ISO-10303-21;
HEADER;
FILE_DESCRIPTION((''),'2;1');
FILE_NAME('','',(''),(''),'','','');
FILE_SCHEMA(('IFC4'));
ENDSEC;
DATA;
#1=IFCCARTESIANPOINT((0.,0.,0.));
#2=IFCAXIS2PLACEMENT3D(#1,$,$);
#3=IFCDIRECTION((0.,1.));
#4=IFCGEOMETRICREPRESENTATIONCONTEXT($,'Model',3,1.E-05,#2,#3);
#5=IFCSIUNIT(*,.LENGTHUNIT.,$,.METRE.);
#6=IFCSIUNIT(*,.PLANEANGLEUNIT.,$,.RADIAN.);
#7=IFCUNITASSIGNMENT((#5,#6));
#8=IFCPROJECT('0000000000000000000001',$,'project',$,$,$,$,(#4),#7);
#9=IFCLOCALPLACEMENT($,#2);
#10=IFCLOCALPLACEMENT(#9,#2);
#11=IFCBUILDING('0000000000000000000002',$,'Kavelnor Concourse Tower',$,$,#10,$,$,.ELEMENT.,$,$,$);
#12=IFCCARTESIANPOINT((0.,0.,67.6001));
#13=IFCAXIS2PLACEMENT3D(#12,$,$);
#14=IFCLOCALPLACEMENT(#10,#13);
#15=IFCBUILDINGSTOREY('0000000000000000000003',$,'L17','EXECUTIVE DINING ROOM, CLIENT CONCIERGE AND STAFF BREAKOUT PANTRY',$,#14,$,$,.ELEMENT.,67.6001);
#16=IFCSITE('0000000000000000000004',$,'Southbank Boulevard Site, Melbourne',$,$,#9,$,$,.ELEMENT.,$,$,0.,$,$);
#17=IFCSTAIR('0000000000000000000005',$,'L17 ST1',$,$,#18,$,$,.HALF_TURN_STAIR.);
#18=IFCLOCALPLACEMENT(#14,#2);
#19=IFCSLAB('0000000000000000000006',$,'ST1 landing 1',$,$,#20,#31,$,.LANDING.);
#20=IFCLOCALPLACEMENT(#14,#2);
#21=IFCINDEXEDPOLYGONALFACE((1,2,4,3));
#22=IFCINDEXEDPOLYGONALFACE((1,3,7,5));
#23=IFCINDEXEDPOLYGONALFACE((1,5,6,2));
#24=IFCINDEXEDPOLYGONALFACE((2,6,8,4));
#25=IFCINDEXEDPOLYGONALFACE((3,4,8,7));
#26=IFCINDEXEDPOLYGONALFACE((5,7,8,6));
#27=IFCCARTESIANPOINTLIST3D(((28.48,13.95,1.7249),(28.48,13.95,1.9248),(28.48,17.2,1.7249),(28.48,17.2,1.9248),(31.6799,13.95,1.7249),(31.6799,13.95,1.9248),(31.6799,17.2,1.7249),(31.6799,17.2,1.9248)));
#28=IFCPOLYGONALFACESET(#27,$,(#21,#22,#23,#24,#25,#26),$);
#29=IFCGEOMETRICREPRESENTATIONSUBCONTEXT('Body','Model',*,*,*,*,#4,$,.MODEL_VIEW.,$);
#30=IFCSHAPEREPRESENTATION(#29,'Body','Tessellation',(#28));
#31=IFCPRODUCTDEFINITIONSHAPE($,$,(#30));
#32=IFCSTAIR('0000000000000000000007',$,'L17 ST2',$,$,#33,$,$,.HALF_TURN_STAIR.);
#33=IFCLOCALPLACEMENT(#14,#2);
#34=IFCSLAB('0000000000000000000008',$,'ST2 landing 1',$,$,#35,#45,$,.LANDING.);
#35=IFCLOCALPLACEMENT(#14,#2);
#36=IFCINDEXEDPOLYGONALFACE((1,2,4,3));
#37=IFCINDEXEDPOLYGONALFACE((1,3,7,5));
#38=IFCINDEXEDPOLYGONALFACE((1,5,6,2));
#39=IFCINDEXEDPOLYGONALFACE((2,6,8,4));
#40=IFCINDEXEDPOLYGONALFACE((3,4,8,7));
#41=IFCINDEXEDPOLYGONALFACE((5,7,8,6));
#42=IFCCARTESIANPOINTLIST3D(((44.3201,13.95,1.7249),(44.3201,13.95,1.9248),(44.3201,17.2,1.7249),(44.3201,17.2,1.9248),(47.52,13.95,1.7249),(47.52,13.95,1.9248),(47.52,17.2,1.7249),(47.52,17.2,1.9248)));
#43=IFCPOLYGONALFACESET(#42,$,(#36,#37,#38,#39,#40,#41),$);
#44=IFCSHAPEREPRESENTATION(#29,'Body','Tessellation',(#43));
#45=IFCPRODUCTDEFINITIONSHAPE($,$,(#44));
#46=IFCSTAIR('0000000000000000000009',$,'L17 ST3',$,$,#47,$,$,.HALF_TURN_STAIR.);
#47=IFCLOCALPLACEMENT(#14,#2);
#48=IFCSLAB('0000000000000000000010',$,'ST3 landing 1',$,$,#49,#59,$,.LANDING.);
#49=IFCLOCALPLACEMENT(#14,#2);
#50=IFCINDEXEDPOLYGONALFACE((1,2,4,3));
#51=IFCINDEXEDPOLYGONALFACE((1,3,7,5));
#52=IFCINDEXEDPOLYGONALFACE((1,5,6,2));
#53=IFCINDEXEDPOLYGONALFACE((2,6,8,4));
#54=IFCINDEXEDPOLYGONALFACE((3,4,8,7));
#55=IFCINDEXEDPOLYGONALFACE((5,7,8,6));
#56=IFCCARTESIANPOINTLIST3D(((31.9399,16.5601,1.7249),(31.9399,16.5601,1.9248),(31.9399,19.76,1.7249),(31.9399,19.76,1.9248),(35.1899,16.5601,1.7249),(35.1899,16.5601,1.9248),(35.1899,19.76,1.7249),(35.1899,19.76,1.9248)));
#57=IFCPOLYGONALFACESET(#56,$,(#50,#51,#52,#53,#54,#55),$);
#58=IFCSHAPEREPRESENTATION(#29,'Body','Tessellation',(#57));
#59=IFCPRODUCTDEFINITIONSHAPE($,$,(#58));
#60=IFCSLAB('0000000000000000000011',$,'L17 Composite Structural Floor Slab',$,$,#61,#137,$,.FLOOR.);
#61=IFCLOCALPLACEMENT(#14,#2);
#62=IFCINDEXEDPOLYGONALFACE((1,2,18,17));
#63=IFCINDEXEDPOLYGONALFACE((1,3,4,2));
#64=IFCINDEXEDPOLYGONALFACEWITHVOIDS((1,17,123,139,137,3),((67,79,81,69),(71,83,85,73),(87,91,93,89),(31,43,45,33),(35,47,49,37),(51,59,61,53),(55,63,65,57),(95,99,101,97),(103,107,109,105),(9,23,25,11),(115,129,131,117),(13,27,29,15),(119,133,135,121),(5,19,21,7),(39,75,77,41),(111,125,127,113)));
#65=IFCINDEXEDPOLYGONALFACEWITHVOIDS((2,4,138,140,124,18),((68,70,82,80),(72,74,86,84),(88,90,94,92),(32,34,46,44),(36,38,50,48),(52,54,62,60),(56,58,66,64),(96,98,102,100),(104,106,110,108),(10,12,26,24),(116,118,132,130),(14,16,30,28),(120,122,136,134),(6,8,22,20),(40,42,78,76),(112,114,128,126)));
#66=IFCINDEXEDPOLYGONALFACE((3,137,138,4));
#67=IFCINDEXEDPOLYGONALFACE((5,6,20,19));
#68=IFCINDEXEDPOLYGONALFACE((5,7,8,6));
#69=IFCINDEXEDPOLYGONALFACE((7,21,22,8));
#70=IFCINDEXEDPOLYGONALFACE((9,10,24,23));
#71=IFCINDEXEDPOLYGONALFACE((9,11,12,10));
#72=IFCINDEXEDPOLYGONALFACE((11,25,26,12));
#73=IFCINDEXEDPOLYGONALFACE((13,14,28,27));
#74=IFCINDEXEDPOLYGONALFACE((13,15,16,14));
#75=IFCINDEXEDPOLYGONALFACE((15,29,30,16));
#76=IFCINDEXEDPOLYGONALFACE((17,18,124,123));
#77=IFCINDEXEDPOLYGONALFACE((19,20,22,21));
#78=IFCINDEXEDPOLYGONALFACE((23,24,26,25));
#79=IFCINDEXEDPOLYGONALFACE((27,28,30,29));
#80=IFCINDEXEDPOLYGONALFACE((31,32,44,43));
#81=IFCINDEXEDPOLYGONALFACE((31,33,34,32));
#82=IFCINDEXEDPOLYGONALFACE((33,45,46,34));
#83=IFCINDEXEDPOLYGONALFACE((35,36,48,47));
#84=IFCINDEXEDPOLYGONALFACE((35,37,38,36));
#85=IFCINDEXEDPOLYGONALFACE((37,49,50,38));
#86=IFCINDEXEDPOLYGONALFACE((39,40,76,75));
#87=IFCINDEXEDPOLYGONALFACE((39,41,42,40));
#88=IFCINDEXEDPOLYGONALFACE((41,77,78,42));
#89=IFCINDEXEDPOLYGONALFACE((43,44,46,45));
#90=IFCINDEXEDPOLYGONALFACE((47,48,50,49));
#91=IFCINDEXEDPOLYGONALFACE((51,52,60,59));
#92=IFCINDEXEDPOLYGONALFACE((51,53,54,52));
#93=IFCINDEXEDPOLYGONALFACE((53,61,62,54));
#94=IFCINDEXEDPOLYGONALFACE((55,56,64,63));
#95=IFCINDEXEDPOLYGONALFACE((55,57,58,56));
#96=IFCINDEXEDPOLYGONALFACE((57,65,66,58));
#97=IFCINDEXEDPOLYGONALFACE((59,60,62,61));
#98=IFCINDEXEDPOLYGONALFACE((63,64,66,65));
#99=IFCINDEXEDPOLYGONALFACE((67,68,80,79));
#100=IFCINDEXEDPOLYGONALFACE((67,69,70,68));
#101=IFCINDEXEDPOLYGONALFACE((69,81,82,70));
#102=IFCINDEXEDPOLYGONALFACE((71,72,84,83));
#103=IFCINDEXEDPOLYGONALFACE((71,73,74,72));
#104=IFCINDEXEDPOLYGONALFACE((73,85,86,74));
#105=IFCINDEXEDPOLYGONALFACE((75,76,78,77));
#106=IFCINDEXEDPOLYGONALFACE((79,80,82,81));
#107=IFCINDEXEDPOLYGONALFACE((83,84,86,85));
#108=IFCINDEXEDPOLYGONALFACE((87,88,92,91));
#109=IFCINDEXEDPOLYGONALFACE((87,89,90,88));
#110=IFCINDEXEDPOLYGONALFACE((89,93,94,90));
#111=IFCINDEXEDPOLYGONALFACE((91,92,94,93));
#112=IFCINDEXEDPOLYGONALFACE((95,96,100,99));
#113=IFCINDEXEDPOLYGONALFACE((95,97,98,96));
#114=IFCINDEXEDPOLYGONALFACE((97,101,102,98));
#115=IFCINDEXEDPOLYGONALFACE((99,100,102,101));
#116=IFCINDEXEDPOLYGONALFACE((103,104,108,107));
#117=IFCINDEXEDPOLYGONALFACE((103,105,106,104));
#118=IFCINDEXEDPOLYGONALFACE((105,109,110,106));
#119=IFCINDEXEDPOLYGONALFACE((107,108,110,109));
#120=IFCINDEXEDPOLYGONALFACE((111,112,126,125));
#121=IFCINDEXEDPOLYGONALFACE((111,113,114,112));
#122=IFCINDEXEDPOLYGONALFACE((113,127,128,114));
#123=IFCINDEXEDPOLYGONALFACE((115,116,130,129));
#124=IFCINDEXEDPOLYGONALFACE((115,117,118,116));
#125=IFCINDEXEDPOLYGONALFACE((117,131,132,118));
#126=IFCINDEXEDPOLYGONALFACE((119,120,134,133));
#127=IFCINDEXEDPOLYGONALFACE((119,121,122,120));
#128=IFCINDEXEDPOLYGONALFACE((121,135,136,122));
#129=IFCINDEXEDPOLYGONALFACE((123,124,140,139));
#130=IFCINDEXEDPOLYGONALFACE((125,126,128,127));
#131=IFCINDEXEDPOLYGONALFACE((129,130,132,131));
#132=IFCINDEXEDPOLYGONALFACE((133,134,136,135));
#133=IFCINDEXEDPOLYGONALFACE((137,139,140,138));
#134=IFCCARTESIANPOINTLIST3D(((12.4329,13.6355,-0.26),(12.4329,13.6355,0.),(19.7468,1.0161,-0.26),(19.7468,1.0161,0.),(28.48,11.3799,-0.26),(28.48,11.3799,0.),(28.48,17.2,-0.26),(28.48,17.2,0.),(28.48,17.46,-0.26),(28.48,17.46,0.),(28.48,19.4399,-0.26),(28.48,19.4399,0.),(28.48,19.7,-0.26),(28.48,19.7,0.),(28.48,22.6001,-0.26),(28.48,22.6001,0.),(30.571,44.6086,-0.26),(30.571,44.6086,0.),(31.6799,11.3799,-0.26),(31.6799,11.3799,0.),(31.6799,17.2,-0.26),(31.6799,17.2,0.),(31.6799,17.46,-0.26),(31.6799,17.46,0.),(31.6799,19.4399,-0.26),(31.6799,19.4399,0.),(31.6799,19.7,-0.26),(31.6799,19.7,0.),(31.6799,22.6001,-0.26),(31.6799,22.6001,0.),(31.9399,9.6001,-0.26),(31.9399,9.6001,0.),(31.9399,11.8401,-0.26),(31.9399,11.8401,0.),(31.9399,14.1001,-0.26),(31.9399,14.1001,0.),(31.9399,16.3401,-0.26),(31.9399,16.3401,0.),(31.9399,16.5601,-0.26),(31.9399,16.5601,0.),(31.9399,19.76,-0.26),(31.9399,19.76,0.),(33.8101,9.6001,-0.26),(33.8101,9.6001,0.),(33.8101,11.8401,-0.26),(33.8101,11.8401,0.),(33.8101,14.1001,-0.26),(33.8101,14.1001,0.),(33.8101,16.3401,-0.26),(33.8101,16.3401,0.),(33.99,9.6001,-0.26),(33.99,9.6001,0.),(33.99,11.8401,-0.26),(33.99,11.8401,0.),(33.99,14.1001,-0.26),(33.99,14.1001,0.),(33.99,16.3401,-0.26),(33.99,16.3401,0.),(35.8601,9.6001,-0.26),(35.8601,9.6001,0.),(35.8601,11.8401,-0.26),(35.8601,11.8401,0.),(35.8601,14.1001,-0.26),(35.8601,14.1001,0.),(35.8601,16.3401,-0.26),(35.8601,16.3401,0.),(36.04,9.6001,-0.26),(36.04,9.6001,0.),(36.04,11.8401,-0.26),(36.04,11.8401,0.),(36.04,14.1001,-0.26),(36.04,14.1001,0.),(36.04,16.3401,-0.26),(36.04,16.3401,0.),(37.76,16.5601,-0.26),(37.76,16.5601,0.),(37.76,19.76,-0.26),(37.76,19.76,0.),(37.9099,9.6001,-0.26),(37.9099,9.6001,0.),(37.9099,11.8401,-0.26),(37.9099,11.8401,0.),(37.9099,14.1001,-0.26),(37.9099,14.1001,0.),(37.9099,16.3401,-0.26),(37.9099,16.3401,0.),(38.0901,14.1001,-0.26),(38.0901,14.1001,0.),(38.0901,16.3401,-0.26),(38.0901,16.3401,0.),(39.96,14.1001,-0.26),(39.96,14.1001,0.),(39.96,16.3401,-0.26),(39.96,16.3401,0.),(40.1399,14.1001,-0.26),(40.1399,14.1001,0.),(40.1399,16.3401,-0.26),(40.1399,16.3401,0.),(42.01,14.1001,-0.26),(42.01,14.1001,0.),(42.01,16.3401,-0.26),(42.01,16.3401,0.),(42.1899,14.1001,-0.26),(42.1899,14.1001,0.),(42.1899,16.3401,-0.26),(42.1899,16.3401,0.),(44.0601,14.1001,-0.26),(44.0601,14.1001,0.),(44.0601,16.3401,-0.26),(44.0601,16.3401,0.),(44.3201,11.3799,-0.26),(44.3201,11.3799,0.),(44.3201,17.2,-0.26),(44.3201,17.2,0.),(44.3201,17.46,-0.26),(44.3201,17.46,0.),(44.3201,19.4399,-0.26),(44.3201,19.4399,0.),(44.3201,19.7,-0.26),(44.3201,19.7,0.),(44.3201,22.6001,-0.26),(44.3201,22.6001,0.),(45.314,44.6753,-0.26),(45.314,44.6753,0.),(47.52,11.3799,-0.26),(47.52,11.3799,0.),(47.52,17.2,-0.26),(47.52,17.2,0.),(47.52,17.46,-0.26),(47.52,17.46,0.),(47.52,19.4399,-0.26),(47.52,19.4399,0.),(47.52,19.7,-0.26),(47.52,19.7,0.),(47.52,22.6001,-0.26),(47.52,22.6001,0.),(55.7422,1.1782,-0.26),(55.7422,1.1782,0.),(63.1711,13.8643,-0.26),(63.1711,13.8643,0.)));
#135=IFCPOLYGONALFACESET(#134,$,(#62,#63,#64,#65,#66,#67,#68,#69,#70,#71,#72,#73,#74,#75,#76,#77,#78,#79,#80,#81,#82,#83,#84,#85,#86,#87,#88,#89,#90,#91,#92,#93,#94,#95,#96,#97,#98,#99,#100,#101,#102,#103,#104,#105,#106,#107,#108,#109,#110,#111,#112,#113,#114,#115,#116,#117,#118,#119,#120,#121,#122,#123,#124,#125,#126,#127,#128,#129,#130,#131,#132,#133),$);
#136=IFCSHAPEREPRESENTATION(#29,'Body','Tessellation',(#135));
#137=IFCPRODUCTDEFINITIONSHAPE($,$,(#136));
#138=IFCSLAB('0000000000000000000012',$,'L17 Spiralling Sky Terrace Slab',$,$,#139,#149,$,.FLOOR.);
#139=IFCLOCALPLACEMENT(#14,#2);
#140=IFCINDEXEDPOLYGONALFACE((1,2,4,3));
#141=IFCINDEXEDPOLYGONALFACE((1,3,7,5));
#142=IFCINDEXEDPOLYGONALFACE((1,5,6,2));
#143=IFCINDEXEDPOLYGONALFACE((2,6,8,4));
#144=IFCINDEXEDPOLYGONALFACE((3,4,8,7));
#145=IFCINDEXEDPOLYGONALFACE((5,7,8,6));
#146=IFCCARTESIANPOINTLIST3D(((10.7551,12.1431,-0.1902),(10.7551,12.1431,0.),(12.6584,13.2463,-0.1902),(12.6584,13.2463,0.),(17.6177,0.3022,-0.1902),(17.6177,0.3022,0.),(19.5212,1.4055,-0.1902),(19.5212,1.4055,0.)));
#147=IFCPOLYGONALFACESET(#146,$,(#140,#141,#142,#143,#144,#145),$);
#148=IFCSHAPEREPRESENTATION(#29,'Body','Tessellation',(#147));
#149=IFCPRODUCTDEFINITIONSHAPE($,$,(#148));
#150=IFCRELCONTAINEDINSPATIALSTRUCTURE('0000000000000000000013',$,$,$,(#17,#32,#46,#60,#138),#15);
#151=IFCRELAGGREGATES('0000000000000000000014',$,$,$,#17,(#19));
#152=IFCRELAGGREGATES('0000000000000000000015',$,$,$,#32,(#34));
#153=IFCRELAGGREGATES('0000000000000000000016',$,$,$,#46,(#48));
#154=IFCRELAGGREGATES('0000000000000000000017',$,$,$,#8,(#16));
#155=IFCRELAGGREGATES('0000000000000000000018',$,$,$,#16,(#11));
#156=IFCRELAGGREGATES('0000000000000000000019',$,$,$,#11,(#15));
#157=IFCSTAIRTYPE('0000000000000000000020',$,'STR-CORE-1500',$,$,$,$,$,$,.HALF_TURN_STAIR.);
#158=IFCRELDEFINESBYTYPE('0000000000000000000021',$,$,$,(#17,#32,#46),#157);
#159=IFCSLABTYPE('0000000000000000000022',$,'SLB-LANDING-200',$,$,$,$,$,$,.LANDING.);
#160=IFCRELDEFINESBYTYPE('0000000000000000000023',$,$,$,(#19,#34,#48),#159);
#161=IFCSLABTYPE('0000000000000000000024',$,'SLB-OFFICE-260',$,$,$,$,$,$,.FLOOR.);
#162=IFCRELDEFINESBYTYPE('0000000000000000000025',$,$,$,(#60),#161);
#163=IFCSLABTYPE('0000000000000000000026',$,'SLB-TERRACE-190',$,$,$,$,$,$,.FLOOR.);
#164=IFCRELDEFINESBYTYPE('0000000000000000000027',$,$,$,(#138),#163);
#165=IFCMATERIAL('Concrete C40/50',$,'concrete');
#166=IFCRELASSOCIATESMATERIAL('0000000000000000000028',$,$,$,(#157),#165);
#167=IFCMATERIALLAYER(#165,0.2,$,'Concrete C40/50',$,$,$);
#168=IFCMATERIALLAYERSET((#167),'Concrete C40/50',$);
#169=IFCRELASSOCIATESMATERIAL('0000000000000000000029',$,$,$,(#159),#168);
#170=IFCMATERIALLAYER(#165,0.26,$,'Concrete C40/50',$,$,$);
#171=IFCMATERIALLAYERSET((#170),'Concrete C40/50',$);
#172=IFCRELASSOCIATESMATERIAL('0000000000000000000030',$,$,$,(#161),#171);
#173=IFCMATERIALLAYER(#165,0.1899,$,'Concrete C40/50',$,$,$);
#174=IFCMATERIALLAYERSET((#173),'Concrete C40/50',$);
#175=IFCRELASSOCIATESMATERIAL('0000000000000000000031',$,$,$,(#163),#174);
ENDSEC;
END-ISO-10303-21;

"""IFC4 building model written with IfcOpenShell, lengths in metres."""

from ifc_helpers import new_model, si_unit, direction, frame, origin, place, context, subcontext, project, spatial, polyline, outline, extrude, material, layer, layer_set, type_object, element, aggregate, save


model = new_model("IFC4")

# Units and contexts
model_context = context("Model", 3, precision=1e-05, world=origin(), true_north=direction((0.0, 1.0)))
body_context = subcontext(model_context, "Body", "Model", "MODEL_VIEW")
ifc_project = project(units=[si_unit("LENGTHUNIT", "METRE"), si_unit("PLANEANGLEUNIT", "RADIAN")], contexts=[model_context])

# Site, building, storey
site_placement = place(None, origin())
site = spatial("IfcSite", under=ifc_project, at=site_placement, Name="Southbank Boulevard Site, Melbourne", CompositionType="ELEMENT", RefElevation=0.0)
building_placement = place(site_placement, origin())
building = spatial("IfcBuilding", under=site, at=building_placement, Name="Kavelnor Concourse Tower", CompositionType="ELEMENT")
storey_placement = place(building_placement, frame((0.0, 0.0, 67.6001)))
storey = spatial("IfcBuildingStorey", under=building, at=storey_placement, Name="L17", Description="EXECUTIVE DINING ROOM, CLIENT CONCIERGE AND STAFF BREAKOUT PANTRY", CompositionType="ELEMENT", Elevation=67.6001)

# Stairs, slabs
ifc_material_1 = material(Name="Concrete C40/50", Category="concrete")
stair_type = type_object("IfcStairType", Name="STR-CORE-1500", PredefinedType="HALF_TURN_STAIR", material=ifc_material_1)
stair_1_placement = place(storey_placement, origin())
stair_1 = element("IfcStair", 1, at=stair_1_placement, inside=storey, type_object=stair_type, Name="L17 ST1", PredefinedType="HALF_TURN_STAIR")
ifc_layer_1 = layer(ifc_material_1, 0.2, Name="Concrete C40/50")
ifc_layer_set_1 = layer_set([ifc_layer_1], Name="Concrete C40/50")
slab_type_1 = type_object("IfcSlabType", Name="SLB-LANDING-200", PredefinedType="LANDING", material=ifc_layer_set_1)
slab_1_placement = place(storey_placement, frame((0.0, 0.0, 1.7249)))
slab_1 = element("IfcSlab", 2, at=slab_1_placement, type_object=slab_type_1, Name="ST1 landing 1", PredefinedType="LANDING", context=body_context, shape_type="SweptSolid", body=[
    extrude(outline(polyline([(31.6799, 13.95), (31.6799, 17.2), (28.48, 17.2), (28.48, 13.95), (31.6799, 13.95)])), origin(), (0.0, 0.0, 1.0), 0.2),
])
aggregate(stair_1, [slab_1])
stair_2_placement = place(storey_placement, origin())
stair_2 = element("IfcStair", 3, at=stair_2_placement, inside=storey, type_object=stair_type, Name="L17 ST2", PredefinedType="HALF_TURN_STAIR")
slab_2_placement = place(storey_placement, frame((0.0, 0.0, 1.7249)))
slab_2 = element("IfcSlab", 4, at=slab_2_placement, type_object=slab_type_1, Name="ST2 landing 1", PredefinedType="LANDING", context=body_context, shape_type="SweptSolid", body=[
    extrude(outline(polyline([(47.52, 13.95), (47.52, 17.2), (44.3201, 17.2), (44.3201, 13.95), (47.52, 13.95)])), origin(), (0.0, 0.0, 1.0), 0.2),
])
aggregate(stair_2, [slab_2])
stair_3_placement = place(storey_placement, origin())
stair_3 = element("IfcStair", 5, at=stair_3_placement, inside=storey, type_object=stair_type, Name="L17 ST3", PredefinedType="HALF_TURN_STAIR")
slab_3_placement = place(storey_placement, frame((0.0, 0.0, 1.7249)))
slab_3 = element("IfcSlab", 6, at=slab_3_placement, type_object=slab_type_1, Name="ST3 landing 1", PredefinedType="LANDING", context=body_context, shape_type="SweptSolid", body=[
    extrude(outline(polyline([(35.1899, 19.76), (31.9399, 19.76), (31.9399, 16.5601), (35.1899, 16.5601), (35.1899, 19.76)])), origin(), (0.0, 0.0, 1.0), 0.2),
])
aggregate(stair_3, [slab_3])

# Slabs
ifc_layer_2 = layer(ifc_material_1, 0.26, Name="Concrete C40/50")
ifc_layer_set_2 = layer_set([ifc_layer_2], Name="Concrete C40/50")
slab_type_2 = type_object("IfcSlabType", Name="SLB-OFFICE-260", PredefinedType="FLOOR", material=ifc_layer_set_2)
slab_4_placement = place(storey_placement, frame((0.0, 0.0, -0.26)))
element("IfcSlab", 7, at=slab_4_placement, inside=storey, type_object=slab_type_2, Name="L17 Composite Structural Floor Slab", PredefinedType="FLOOR", context=body_context, shape_type="SweptSolid", body=[
    extrude(outline(polyline([(45.314, 44.6753), (30.571, 44.6086), (12.4329, 13.6355), (19.7468, 1.0161), (55.7422, 1.1782), (63.1711, 13.8643), (45.314, 44.6753)]), holes=[polyline([(28.48, 11.3799), (31.6799, 11.3799), (31.6799, 17.2), (28.48, 17.2), (28.48, 11.3799)]), polyline([(44.3201, 11.3799), (47.52, 11.3799), (47.52, 17.2), (44.3201, 17.2), (44.3201, 11.3799)]), polyline([(31.9399, 16.5601), (37.76, 16.5601), (37.76, 19.76), (31.9399, 19.76), (31.9399, 16.5601)]), polyline([(28.48, 19.7), (31.6799, 19.7), (31.6799, 22.6001), (28.48, 22.6001), (28.48, 19.7)]), polyline([(44.3201, 19.7), (47.52, 19.7), (47.52, 22.6001), (44.3201, 22.6001), (44.3201, 19.7)]), polyline([(31.9399, 14.1001), (33.8101, 14.1001), (33.8101, 16.3401), (31.9399, 16.3401), (31.9399, 14.1001)]), polyline([(33.99, 14.1001), (35.8601, 14.1001), (35.8601, 16.3401), (33.99, 16.3401), (33.99, 14.1001)]), polyline([(36.04, 14.1001), (37.9099, 14.1001), (37.9099, 16.3401), (36.04, 16.3401), (36.04, 14.1001)]), polyline([(38.0901, 14.1001), (39.96, 14.1001), (39.96, 16.3401), (38.0901, 16.3401), (38.0901, 14.1001)]), polyline([(40.1399, 14.1001), (42.01, 14.1001), (42.01, 16.3401), (40.1399, 16.3401), (40.1399, 14.1001)]), polyline([(42.1899, 14.1001), (44.0601, 14.1001), (44.0601, 16.3401), (42.1899, 16.3401), (42.1899, 14.1001)]), polyline([(31.9399, 9.6001), (33.8101, 9.6001), (33.8101, 11.8401), (31.9399, 11.8401), (31.9399, 9.6001)]), polyline([(33.99, 9.6001), (35.8601, 9.6001), (35.8601, 11.8401), (33.99, 11.8401), (33.99, 9.6001)]), polyline([(36.04, 9.6001), (37.9099, 9.6001), (37.9099, 11.8401), (36.04, 11.8401), (36.04, 9.6001)]), polyline([(28.48, 17.46), (31.6799, 17.46), (31.6799, 19.4399), (28.48, 19.4399), (28.48, 17.46)]), polyline([(44.3201, 17.46), (47.52, 17.46), (47.52, 19.4399), (44.3201, 19.4399), (44.3201, 17.46)])]), origin(), (0.0, 0.0, 1.0), 0.26),
])
ifc_layer_3 = layer(ifc_material_1, 0.1899, Name="Concrete C40/50")
ifc_layer_set_3 = layer_set([ifc_layer_3], Name="Concrete C40/50")
slab_type_3 = type_object("IfcSlabType", Name="SLB-TERRACE-190", PredefinedType="FLOOR", material=ifc_layer_set_3)
slab_5_placement = place(storey_placement, frame((0.0, 0.0, -0.1902)))
element("IfcSlab", 8, at=slab_5_placement, inside=storey, type_object=slab_type_3, Name="L17 Spiralling Sky Terrace Slab", PredefinedType="FLOOR", context=body_context, shape_type="SweptSolid", body=[
    extrude(outline(polyline([(17.6177, 0.3022), (10.7551, 12.1431), (12.6584, 13.2463), (19.5212, 1.4055), (17.6177, 0.3022)])), origin(), (0.0, 0.0, 1.0), 0.1902),
])

save(model, "model.ifc")
